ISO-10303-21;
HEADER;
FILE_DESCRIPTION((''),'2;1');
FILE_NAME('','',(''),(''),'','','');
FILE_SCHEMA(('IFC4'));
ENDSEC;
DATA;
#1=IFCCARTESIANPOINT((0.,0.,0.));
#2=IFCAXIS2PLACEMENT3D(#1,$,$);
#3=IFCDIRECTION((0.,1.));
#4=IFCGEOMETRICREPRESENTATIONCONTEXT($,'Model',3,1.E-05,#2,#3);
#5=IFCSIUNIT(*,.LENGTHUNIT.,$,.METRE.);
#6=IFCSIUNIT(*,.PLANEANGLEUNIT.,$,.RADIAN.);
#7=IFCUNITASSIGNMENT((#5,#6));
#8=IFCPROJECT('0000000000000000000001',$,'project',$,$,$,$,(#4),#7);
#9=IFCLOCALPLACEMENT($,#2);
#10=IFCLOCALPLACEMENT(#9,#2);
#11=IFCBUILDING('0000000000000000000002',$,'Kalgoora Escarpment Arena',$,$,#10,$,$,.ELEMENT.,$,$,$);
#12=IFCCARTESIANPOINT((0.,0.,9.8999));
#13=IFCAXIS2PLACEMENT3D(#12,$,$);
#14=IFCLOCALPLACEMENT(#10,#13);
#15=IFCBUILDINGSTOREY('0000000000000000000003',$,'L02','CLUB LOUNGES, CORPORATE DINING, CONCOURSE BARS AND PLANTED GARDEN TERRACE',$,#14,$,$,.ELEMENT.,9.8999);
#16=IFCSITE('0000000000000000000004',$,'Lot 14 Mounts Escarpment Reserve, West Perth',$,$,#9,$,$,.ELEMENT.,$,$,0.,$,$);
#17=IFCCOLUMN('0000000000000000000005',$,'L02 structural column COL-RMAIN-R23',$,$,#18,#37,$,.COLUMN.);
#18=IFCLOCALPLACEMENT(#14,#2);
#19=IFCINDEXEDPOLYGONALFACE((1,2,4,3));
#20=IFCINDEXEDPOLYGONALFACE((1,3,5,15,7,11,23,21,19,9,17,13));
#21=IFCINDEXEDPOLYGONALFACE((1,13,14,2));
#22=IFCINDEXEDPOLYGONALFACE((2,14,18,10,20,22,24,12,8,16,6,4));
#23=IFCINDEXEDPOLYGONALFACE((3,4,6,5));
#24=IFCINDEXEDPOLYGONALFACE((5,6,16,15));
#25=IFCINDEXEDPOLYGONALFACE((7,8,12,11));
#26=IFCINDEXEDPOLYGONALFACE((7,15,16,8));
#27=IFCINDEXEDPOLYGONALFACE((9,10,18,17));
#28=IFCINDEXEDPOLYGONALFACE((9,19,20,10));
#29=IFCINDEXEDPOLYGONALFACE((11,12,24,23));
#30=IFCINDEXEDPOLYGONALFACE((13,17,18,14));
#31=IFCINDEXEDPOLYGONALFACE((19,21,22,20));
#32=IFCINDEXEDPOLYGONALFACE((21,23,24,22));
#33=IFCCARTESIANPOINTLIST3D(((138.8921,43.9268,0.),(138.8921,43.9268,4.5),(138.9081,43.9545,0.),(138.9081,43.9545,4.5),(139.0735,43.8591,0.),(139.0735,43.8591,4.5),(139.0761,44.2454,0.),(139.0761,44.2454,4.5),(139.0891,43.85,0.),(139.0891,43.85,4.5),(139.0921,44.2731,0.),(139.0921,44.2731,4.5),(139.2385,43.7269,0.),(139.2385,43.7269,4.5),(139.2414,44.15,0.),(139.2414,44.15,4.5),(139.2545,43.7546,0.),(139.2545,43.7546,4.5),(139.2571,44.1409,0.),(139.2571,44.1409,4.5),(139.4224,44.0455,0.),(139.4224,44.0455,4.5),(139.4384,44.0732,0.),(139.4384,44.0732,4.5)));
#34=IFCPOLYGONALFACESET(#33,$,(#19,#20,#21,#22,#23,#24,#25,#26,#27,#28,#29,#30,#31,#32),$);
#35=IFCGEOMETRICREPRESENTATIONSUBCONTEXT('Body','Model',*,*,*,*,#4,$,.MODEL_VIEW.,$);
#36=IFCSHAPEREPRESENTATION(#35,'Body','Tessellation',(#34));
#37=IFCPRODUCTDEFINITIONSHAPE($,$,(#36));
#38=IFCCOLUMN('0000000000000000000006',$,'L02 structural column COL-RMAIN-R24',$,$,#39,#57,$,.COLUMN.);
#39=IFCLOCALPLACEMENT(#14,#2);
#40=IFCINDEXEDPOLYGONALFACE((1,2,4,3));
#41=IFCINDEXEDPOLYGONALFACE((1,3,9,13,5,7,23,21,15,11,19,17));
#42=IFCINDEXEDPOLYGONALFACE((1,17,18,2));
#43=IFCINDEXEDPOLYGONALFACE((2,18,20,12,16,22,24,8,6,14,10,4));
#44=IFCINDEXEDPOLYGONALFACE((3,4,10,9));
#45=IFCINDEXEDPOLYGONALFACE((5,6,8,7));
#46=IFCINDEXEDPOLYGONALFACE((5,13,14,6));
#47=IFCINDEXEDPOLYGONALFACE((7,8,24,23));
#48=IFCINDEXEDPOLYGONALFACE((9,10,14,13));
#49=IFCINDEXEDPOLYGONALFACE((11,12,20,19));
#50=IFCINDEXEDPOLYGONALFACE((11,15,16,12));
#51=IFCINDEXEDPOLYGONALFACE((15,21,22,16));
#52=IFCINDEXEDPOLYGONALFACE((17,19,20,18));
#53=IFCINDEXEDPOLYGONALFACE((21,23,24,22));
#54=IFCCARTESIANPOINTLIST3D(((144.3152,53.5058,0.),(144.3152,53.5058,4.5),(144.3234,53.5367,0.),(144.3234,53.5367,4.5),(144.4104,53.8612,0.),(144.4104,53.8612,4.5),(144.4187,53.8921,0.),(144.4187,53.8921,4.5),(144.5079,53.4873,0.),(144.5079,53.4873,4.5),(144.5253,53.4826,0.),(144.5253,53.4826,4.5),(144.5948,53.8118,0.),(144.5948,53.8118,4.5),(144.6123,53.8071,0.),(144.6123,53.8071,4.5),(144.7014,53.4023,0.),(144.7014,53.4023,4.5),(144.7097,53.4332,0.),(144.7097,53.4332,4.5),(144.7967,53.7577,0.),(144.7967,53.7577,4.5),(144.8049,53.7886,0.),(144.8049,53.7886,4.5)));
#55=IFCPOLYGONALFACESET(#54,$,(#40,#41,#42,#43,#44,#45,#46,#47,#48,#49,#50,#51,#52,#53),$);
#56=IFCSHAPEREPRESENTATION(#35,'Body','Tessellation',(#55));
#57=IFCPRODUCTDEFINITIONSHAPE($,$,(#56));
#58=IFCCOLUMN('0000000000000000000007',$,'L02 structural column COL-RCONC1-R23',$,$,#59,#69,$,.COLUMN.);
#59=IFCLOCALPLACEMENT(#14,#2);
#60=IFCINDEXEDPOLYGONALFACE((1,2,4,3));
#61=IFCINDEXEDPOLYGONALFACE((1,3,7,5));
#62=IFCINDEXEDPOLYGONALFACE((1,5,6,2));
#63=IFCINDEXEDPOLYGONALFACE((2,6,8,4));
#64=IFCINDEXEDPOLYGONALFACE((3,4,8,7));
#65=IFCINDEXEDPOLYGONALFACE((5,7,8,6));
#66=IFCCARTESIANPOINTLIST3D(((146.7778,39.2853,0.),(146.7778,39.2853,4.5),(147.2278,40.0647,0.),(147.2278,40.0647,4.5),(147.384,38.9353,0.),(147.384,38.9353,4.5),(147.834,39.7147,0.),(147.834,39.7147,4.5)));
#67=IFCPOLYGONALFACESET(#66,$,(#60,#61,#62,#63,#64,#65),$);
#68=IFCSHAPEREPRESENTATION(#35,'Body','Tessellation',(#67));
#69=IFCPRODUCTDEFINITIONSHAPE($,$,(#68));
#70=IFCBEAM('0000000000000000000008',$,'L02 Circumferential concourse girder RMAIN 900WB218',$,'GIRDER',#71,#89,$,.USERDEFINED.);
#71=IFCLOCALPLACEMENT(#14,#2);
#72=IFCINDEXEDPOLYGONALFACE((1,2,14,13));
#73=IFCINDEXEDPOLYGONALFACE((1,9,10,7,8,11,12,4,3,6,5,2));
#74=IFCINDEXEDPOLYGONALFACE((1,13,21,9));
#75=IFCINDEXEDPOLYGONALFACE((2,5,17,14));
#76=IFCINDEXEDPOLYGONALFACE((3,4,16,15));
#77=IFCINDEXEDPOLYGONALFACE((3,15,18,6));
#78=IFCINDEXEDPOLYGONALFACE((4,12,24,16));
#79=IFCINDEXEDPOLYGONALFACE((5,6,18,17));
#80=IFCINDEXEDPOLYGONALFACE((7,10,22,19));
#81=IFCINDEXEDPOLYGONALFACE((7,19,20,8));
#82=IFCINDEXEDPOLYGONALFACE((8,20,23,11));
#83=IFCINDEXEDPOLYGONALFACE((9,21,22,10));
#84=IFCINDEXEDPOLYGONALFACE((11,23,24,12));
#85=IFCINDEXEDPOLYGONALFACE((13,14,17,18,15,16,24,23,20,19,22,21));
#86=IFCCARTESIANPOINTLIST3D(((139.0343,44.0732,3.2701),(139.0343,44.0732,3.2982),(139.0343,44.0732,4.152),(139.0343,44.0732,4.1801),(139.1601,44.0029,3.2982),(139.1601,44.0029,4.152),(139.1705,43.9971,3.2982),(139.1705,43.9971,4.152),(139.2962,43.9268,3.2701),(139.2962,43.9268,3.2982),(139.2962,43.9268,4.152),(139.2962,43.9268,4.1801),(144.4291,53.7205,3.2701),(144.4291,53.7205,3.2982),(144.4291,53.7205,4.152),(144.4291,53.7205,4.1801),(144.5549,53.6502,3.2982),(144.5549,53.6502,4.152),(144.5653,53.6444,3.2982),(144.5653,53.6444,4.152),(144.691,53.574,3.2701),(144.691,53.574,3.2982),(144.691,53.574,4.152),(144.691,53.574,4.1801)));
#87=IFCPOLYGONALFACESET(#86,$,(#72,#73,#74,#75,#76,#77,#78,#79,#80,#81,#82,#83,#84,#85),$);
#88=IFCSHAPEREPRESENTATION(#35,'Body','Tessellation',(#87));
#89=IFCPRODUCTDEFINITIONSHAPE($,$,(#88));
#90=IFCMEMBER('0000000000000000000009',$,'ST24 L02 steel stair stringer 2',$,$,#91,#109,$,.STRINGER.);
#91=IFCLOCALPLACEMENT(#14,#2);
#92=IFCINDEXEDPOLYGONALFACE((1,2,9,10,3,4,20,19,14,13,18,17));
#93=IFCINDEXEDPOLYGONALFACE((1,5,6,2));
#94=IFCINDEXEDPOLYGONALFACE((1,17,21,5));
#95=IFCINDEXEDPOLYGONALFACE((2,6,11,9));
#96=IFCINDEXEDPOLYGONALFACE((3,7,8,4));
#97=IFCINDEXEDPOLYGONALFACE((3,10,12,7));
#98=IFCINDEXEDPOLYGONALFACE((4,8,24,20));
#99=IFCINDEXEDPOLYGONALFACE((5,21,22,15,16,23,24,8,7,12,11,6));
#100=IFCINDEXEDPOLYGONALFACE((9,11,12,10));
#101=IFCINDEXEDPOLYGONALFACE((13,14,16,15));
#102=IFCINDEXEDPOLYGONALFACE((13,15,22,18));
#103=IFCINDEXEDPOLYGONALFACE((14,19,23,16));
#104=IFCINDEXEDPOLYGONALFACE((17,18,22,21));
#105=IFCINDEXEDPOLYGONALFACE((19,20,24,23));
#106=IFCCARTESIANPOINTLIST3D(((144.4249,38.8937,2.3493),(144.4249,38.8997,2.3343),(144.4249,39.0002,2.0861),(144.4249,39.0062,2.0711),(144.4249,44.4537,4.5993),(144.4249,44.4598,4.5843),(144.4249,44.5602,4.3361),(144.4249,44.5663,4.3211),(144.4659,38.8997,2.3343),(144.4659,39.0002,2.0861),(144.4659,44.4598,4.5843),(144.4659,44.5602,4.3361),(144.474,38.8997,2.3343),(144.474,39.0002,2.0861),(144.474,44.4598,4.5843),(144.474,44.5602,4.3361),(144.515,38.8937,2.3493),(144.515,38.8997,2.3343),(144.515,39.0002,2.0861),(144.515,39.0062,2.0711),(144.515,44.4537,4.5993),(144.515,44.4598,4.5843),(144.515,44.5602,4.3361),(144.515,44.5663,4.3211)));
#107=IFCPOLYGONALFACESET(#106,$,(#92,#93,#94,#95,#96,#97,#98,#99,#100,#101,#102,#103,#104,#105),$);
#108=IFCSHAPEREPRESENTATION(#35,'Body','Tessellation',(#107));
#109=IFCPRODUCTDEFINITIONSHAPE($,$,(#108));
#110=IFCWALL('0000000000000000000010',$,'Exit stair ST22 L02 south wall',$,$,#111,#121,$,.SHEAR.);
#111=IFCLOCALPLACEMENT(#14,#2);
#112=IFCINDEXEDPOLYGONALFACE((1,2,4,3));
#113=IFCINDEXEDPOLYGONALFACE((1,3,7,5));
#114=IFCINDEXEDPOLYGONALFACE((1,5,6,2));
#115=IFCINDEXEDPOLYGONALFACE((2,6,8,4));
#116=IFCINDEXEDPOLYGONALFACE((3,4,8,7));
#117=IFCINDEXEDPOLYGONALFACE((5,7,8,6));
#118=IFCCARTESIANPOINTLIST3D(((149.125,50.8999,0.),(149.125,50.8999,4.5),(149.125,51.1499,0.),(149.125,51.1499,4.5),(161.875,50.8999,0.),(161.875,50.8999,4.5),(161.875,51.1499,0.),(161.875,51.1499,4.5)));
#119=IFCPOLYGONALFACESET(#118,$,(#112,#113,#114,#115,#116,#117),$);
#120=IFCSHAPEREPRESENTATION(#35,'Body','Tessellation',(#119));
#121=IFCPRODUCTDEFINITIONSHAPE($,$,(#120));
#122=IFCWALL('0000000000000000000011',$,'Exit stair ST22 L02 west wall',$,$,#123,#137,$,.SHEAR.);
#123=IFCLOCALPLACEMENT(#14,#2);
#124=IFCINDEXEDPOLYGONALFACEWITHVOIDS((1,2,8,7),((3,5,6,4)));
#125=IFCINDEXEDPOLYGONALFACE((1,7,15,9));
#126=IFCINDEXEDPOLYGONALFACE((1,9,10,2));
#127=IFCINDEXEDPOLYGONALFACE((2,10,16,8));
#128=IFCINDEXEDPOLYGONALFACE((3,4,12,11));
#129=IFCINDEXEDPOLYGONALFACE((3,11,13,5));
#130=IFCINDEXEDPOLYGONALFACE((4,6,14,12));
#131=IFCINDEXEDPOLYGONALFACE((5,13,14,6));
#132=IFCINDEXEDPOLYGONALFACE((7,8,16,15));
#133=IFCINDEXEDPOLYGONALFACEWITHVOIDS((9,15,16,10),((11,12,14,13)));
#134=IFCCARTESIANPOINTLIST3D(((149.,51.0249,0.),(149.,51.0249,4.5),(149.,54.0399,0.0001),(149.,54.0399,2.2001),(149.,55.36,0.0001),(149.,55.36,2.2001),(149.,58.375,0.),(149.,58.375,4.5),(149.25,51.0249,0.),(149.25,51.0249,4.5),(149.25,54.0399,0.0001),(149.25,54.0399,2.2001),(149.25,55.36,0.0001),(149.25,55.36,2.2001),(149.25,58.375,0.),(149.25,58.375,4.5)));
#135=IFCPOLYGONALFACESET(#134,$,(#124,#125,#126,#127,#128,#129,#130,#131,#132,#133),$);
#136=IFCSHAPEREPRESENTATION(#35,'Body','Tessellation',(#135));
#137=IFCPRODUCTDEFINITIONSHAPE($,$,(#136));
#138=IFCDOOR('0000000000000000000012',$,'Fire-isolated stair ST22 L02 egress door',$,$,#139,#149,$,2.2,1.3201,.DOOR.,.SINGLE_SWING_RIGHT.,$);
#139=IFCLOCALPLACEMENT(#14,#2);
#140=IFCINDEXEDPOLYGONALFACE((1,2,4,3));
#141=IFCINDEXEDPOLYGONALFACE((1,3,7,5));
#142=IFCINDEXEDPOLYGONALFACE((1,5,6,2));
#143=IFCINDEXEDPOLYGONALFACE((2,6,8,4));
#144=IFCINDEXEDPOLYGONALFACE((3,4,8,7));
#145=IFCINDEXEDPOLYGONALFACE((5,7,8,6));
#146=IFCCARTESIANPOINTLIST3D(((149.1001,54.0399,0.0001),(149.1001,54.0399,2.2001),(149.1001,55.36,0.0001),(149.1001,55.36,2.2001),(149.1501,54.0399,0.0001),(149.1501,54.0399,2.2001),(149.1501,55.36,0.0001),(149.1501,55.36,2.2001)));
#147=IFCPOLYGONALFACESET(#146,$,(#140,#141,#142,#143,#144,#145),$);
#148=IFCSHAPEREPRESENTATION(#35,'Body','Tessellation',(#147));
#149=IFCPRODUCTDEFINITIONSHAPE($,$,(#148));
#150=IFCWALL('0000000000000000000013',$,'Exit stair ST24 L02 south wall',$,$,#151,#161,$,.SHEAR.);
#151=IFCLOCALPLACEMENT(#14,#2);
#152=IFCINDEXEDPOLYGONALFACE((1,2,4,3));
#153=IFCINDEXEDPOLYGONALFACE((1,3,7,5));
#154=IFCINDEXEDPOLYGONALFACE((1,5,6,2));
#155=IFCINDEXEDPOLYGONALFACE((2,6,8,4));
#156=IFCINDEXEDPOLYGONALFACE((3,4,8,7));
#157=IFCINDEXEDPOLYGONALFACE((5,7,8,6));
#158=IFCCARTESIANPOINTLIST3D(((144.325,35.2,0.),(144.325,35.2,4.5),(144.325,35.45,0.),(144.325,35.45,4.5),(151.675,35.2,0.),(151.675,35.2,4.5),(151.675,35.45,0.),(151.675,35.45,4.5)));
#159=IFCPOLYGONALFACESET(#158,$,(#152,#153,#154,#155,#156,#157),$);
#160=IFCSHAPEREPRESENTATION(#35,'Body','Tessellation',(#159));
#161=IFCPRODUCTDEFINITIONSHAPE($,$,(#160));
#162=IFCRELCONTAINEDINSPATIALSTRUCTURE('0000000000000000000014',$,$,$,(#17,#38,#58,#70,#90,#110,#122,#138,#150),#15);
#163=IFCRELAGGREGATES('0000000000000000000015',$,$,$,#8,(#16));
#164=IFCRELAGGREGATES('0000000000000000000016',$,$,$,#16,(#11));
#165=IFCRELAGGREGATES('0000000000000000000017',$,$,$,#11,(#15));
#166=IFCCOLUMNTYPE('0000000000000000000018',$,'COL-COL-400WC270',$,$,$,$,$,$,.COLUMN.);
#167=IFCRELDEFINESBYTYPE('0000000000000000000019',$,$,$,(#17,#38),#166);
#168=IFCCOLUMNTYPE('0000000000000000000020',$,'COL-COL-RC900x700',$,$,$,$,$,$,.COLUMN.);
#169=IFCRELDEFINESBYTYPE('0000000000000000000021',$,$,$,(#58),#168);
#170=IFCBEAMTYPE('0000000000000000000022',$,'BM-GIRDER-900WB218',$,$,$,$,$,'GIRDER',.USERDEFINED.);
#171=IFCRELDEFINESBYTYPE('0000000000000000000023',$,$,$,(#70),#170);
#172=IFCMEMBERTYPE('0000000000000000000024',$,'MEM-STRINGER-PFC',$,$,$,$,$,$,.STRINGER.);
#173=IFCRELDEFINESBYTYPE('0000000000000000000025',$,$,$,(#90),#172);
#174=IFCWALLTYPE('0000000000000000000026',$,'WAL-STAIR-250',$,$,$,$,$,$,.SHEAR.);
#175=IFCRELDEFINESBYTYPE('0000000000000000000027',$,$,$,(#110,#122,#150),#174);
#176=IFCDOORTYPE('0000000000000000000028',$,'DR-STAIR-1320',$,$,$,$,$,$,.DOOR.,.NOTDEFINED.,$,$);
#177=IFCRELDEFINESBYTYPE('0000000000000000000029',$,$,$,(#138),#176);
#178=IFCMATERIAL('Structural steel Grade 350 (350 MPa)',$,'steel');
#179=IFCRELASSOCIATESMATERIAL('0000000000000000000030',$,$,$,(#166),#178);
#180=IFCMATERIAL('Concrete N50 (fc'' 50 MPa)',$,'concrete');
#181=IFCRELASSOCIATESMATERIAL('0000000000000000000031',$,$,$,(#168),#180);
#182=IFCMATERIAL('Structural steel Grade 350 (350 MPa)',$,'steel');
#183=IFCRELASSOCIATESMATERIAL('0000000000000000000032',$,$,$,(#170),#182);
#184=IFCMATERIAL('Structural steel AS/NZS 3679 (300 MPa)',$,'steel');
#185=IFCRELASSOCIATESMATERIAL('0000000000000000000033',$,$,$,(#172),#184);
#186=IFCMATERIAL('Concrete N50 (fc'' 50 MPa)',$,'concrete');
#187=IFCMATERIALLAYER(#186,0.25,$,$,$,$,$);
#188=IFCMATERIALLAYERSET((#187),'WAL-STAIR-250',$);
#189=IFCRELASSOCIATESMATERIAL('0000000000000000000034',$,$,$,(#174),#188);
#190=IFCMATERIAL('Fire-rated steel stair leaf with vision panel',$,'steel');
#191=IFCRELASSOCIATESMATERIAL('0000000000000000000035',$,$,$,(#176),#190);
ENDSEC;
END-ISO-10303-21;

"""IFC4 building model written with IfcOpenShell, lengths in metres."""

from ifc_helpers import new_model, si_unit, direction, frame, frame_2d, origin, origin_2d, place, context, subcontext, project, spatial, rectangle, i_section, extrude, material, layer, layer_set, material_profile, profile_set, type_object, element, fill, save


model = new_model("IFC4")

# Units and contexts
model_context = context("Model", 3, precision=1e-05, world=origin(), true_north=direction((0.0, 1.0)))
body_context = subcontext(model_context, "Body", "Model", "MODEL_VIEW")
ifc_project = project(units=[si_unit("LENGTHUNIT", "METRE"), si_unit("PLANEANGLEUNIT", "RADIAN")], contexts=[model_context])

# Site, building, storey
site_placement = place(None, origin())
site = spatial("IfcSite", under=ifc_project, at=site_placement, Name="Lot 14 Mounts Escarpment Reserve, West Perth", CompositionType="ELEMENT", RefElevation=0.0)
building_placement = place(site_placement, origin())
building = spatial("IfcBuilding", under=site, at=building_placement, Name="Kalgoora Escarpment Arena", CompositionType="ELEMENT")
storey_placement = place(building_placement, frame((0.0, 0.0, 9.8999)))
storey = spatial("IfcBuildingStorey", under=building, at=storey_placement, Name="L02", Description="CLUB LOUNGES, CORPORATE DINING, CONCOURSE BARS AND PLANTED GARDEN TERRACE", CompositionType="ELEMENT", Elevation=9.8999)

# Columns
ifc_material_1 = material(Name="Structural steel Grade 350 (350 MPa)", Category="steel")
ifc_material_profile_1 = material_profile(ifc_material_1, i_section(OverallWidth=0.3999, OverallDepth=0.3999, WebThickness=0.0181, FlangeThickness=0.032, at=origin_2d()))
ifc_profile_set_1 = profile_set([ifc_material_profile_1], Name="Structural steel Grade 350 (350 MPa)")
column_type_1 = type_object("IfcColumnType", Name="COL-COL-400WC270", PredefinedType="COLUMN", material=ifc_profile_set_1)
for number, where, z_axis, x_axis, name in (
    (1, (139.1653, 44.0, 0.0), (0.0, 0.0, 1.0), (0.866025, -0.5, 0.0), "L02 structural column COL-RMAIN-R23"),
    (2, (144.5601, 53.6472, 0.0), (0.0, 0.0, 1.0), (0.965926, -0.258819, 0.0), "L02 structural column COL-RMAIN-R24"),
):
    element("IfcColumn", number, at=place(storey_placement, frame(where, z_axis=z_axis, x_axis=x_axis)), inside=storey, type_object=column_type_1, Name=name, PredefinedType="COLUMN", context=body_context, shape_type="SweptSolid", body=[
        extrude(i_section(OverallWidth=0.3999, OverallDepth=0.3999, WebThickness=0.0181, FlangeThickness=0.032, at=origin_2d()), origin(), (0.0, 0.0, 1.0), 4.5),
    ])
ifc_material_2 = material(Name="Concrete N50 (fc' 50 MPa)", Category="concrete")
ifc_material_profile_2 = material_profile(ifc_material_2, rectangle(XDim=0.7, YDim=0.8999, at=origin_2d()))
ifc_profile_set_2 = profile_set([ifc_material_profile_2], Name="Concrete N50 (fc' 50 MPa)")
column_type_2 = type_object("IfcColumnType", Name="COL-COL-RC900x700", PredefinedType="COLUMN", material=ifc_profile_set_2)
column_placement = place(storey_placement, frame((147.3059, 39.5, 0.0), z_axis=(0.0, 0.0, 1.0), x_axis=(0.866025, -0.5, 0.0)))
element("IfcColumn", 3, at=column_placement, inside=storey, type_object=column_type_2, Name="L02 structural column COL-RCONC1-R23", PredefinedType="COLUMN", context=body_context, shape_type="SweptSolid", body=[
    extrude(rectangle(XDim=0.7, YDim=0.8999, at=origin_2d()), origin(), (0.0, 0.0, 1.0), 4.5),
])

# Beam
ifc_material_3 = material(Name="Structural steel Grade 350 (350 MPa)", Category="steel")
ifc_material_profile_3 = material_profile(ifc_material_3, i_section(OverallWidth=0.3, OverallDepth=0.9099, WebThickness=0.012, FlangeThickness=0.0281, at=origin_2d()))
ifc_profile_set_3 = profile_set([ifc_material_profile_3], Name="Structural steel Grade 350 (350 MPa)")
beam_type = type_object("IfcBeamType", Name="BM-GIRDER-900WB218", ElementType="GIRDER", PredefinedType="USERDEFINED", material=ifc_profile_set_3)
beam_placement = place(storey_placement, frame((139.1653, 44.0, 3.7251), z_axis=(0.488075, 0.872802, 0.0), x_axis=(-0.872802, 0.488075, 0.0)))
element("IfcBeam", 4, at=beam_placement, inside=storey, type_object=beam_type, Name="L02 Circumferential concourse girder RMAIN 900WB218", ObjectType="GIRDER", PredefinedType="USERDEFINED", context=body_context, shape_type="SweptSolid", body=[
    extrude(i_section(OverallWidth=0.3, OverallDepth=0.9099, WebThickness=0.012, FlangeThickness=0.0281, at=origin_2d()), origin(), (0.0, 0.0, 1.0), 11.0532),
])

# Member
ifc_material_4 = material(Name="Structural steel AS/NZS 3679 (300 MPa)", Category="steel")
ifc_material_profile_4 = material_profile(ifc_material_4, i_section(OverallWidth=0.0901, OverallDepth=0.3, WebThickness=0.0081, FlangeThickness=0.0161, at=origin_2d()))
ifc_profile_set_4 = profile_set([ifc_material_profile_4], Name="Structural steel AS/NZS 3679 (300 MPa)")
member_type = type_object("IfcMemberType", Name="MEM-STRINGER-PFC", PredefinedType="STRINGER", material=ifc_profile_set_4)
member_placement = place(storey_placement, frame((144.47, 38.95, 2.2102), z_axis=(0.0, 0.926976, 0.375121), x_axis=(-1.0, 0.0, 0.0)))
element("IfcMember", 5, at=member_placement, inside=storey, type_object=member_type, Name="ST24 L02 steel stair stringer 2", PredefinedType="STRINGER", context=body_context, shape_type="SweptSolid", body=[
    extrude(i_section(OverallWidth=0.0901, OverallDepth=0.3, WebThickness=0.0081, FlangeThickness=0.0161, at=origin_2d()), origin(), (0.0, 0.0, 1.0), 5.998),
])

# Wall
ifc_material_5 = material(Name="Concrete N50 (fc' 50 MPa)", Category="concrete")
ifc_layer_1 = layer(ifc_material_5, 0.25)
ifc_layer_set_1 = layer_set([ifc_layer_1], Name="WAL-STAIR-250")
wall_type_1 = type_object("IfcWallType", Name="WAL-STAIR-250", PredefinedType="SHEAR", material=ifc_layer_set_1)
wall_1_placement = place(storey_placement, frame((149.125, 51.0249, 0.0), z_axis=(0.0, 0.0, 1.0), x_axis=(1.0, 0.0, 0.0)))
element("IfcWall", 6, at=wall_1_placement, inside=storey, type_object=wall_type_1, Name="Exit stair ST22 L02 south wall", PredefinedType="SHEAR", context=body_context, shape_type="SweptSolid", body=[
    extrude(rectangle(XDim=12.75, YDim=0.25, at=frame_2d((6.375, 0.0))), origin(), (0.0, 0.0, 1.0), 4.5),
])

# Wall, opening, door
wall_2_placement = place(storey_placement, frame((149.125, 51.0249, 0.0), z_axis=(0.0, 0.0, 1.0), x_axis=(0.0, 1.0, 0.0)))
wall_2 = element("IfcWall", 7, at=wall_2_placement, inside=storey, type_object=wall_type_1, Name="Exit stair ST22 L02 west wall", PredefinedType="SHEAR", context=body_context, shape_type="SweptSolid", body=[
    extrude(rectangle(XDim=7.3501, YDim=0.25, at=frame_2d((3.675, 0.0))), origin(), (0.0, 0.0, 1.0), 4.5),
])
opening_1_placement = place(wall_2_placement, frame((3.0149, 0.0, 0.0)))
opening_1 = element("IfcOpeningElement", 8, at=opening_1_placement, cuts=wall_2, PredefinedType="OPENING", context=body_context, shape_type="SweptSolid", body=[
    extrude(rectangle(XDim=1.3201, YDim=2.2, at=frame_2d((0.6602, 1.1001))), frame((0.0, 0.135, 0.0), z_axis=(0.0, -1.0, 0.0), x_axis=(1.0, 0.0, 0.0)), (0.0, 0.0, 1.0), 0.27),
])
ifc_material_6 = material(Name="Fire-rated steel stair leaf with vision panel", Category="steel")
door_type_1 = type_object("IfcDoorType", Name="DR-STAIR-1320", OperationType="NOTDEFINED", PredefinedType="DOOR", material=ifc_material_6)
door_1_placement = place(opening_1_placement, origin())
door_1 = element("IfcDoor", 9, at=door_1_placement, inside=storey, type_object=door_type_1, Name="Fire-isolated stair ST22 L02 egress door", OperationType="SINGLE_SWING_RIGHT", OverallHeight=2.2, OverallWidth=1.3201, PredefinedType="DOOR", context=body_context, shape_type="SweptSolid", body=[
    extrude(rectangle(XDim=1.3201, YDim=2.2, at=frame_2d((0.6602, 1.1001))), frame((0.0, 0.0249, 0.0), z_axis=(0.0, -1.0, 0.0), x_axis=(1.0, 0.0, 0.0)), (0.0, 0.0, 1.0), 0.05),
])
fill(opening_1, door_1)

# Wall
wall_3_placement = place(storey_placement, frame((144.325, 35.325, 0.0), z_axis=(0.0, 0.0, 1.0), x_axis=(1.0, 0.0, 0.0)))
element("IfcWall", 10, at=wall_3_placement, inside=storey, type_object=wall_type_1, Name="Exit stair ST24 L02 south wall", PredefinedType="SHEAR", context=body_context, shape_type="SweptSolid", body=[
    extrude(rectangle(XDim=7.3501, YDim=0.25, at=frame_2d((3.675, 0.0))), origin(), (0.0, 0.0, 1.0), 4.5),
])

save(model, "model.ifc")
